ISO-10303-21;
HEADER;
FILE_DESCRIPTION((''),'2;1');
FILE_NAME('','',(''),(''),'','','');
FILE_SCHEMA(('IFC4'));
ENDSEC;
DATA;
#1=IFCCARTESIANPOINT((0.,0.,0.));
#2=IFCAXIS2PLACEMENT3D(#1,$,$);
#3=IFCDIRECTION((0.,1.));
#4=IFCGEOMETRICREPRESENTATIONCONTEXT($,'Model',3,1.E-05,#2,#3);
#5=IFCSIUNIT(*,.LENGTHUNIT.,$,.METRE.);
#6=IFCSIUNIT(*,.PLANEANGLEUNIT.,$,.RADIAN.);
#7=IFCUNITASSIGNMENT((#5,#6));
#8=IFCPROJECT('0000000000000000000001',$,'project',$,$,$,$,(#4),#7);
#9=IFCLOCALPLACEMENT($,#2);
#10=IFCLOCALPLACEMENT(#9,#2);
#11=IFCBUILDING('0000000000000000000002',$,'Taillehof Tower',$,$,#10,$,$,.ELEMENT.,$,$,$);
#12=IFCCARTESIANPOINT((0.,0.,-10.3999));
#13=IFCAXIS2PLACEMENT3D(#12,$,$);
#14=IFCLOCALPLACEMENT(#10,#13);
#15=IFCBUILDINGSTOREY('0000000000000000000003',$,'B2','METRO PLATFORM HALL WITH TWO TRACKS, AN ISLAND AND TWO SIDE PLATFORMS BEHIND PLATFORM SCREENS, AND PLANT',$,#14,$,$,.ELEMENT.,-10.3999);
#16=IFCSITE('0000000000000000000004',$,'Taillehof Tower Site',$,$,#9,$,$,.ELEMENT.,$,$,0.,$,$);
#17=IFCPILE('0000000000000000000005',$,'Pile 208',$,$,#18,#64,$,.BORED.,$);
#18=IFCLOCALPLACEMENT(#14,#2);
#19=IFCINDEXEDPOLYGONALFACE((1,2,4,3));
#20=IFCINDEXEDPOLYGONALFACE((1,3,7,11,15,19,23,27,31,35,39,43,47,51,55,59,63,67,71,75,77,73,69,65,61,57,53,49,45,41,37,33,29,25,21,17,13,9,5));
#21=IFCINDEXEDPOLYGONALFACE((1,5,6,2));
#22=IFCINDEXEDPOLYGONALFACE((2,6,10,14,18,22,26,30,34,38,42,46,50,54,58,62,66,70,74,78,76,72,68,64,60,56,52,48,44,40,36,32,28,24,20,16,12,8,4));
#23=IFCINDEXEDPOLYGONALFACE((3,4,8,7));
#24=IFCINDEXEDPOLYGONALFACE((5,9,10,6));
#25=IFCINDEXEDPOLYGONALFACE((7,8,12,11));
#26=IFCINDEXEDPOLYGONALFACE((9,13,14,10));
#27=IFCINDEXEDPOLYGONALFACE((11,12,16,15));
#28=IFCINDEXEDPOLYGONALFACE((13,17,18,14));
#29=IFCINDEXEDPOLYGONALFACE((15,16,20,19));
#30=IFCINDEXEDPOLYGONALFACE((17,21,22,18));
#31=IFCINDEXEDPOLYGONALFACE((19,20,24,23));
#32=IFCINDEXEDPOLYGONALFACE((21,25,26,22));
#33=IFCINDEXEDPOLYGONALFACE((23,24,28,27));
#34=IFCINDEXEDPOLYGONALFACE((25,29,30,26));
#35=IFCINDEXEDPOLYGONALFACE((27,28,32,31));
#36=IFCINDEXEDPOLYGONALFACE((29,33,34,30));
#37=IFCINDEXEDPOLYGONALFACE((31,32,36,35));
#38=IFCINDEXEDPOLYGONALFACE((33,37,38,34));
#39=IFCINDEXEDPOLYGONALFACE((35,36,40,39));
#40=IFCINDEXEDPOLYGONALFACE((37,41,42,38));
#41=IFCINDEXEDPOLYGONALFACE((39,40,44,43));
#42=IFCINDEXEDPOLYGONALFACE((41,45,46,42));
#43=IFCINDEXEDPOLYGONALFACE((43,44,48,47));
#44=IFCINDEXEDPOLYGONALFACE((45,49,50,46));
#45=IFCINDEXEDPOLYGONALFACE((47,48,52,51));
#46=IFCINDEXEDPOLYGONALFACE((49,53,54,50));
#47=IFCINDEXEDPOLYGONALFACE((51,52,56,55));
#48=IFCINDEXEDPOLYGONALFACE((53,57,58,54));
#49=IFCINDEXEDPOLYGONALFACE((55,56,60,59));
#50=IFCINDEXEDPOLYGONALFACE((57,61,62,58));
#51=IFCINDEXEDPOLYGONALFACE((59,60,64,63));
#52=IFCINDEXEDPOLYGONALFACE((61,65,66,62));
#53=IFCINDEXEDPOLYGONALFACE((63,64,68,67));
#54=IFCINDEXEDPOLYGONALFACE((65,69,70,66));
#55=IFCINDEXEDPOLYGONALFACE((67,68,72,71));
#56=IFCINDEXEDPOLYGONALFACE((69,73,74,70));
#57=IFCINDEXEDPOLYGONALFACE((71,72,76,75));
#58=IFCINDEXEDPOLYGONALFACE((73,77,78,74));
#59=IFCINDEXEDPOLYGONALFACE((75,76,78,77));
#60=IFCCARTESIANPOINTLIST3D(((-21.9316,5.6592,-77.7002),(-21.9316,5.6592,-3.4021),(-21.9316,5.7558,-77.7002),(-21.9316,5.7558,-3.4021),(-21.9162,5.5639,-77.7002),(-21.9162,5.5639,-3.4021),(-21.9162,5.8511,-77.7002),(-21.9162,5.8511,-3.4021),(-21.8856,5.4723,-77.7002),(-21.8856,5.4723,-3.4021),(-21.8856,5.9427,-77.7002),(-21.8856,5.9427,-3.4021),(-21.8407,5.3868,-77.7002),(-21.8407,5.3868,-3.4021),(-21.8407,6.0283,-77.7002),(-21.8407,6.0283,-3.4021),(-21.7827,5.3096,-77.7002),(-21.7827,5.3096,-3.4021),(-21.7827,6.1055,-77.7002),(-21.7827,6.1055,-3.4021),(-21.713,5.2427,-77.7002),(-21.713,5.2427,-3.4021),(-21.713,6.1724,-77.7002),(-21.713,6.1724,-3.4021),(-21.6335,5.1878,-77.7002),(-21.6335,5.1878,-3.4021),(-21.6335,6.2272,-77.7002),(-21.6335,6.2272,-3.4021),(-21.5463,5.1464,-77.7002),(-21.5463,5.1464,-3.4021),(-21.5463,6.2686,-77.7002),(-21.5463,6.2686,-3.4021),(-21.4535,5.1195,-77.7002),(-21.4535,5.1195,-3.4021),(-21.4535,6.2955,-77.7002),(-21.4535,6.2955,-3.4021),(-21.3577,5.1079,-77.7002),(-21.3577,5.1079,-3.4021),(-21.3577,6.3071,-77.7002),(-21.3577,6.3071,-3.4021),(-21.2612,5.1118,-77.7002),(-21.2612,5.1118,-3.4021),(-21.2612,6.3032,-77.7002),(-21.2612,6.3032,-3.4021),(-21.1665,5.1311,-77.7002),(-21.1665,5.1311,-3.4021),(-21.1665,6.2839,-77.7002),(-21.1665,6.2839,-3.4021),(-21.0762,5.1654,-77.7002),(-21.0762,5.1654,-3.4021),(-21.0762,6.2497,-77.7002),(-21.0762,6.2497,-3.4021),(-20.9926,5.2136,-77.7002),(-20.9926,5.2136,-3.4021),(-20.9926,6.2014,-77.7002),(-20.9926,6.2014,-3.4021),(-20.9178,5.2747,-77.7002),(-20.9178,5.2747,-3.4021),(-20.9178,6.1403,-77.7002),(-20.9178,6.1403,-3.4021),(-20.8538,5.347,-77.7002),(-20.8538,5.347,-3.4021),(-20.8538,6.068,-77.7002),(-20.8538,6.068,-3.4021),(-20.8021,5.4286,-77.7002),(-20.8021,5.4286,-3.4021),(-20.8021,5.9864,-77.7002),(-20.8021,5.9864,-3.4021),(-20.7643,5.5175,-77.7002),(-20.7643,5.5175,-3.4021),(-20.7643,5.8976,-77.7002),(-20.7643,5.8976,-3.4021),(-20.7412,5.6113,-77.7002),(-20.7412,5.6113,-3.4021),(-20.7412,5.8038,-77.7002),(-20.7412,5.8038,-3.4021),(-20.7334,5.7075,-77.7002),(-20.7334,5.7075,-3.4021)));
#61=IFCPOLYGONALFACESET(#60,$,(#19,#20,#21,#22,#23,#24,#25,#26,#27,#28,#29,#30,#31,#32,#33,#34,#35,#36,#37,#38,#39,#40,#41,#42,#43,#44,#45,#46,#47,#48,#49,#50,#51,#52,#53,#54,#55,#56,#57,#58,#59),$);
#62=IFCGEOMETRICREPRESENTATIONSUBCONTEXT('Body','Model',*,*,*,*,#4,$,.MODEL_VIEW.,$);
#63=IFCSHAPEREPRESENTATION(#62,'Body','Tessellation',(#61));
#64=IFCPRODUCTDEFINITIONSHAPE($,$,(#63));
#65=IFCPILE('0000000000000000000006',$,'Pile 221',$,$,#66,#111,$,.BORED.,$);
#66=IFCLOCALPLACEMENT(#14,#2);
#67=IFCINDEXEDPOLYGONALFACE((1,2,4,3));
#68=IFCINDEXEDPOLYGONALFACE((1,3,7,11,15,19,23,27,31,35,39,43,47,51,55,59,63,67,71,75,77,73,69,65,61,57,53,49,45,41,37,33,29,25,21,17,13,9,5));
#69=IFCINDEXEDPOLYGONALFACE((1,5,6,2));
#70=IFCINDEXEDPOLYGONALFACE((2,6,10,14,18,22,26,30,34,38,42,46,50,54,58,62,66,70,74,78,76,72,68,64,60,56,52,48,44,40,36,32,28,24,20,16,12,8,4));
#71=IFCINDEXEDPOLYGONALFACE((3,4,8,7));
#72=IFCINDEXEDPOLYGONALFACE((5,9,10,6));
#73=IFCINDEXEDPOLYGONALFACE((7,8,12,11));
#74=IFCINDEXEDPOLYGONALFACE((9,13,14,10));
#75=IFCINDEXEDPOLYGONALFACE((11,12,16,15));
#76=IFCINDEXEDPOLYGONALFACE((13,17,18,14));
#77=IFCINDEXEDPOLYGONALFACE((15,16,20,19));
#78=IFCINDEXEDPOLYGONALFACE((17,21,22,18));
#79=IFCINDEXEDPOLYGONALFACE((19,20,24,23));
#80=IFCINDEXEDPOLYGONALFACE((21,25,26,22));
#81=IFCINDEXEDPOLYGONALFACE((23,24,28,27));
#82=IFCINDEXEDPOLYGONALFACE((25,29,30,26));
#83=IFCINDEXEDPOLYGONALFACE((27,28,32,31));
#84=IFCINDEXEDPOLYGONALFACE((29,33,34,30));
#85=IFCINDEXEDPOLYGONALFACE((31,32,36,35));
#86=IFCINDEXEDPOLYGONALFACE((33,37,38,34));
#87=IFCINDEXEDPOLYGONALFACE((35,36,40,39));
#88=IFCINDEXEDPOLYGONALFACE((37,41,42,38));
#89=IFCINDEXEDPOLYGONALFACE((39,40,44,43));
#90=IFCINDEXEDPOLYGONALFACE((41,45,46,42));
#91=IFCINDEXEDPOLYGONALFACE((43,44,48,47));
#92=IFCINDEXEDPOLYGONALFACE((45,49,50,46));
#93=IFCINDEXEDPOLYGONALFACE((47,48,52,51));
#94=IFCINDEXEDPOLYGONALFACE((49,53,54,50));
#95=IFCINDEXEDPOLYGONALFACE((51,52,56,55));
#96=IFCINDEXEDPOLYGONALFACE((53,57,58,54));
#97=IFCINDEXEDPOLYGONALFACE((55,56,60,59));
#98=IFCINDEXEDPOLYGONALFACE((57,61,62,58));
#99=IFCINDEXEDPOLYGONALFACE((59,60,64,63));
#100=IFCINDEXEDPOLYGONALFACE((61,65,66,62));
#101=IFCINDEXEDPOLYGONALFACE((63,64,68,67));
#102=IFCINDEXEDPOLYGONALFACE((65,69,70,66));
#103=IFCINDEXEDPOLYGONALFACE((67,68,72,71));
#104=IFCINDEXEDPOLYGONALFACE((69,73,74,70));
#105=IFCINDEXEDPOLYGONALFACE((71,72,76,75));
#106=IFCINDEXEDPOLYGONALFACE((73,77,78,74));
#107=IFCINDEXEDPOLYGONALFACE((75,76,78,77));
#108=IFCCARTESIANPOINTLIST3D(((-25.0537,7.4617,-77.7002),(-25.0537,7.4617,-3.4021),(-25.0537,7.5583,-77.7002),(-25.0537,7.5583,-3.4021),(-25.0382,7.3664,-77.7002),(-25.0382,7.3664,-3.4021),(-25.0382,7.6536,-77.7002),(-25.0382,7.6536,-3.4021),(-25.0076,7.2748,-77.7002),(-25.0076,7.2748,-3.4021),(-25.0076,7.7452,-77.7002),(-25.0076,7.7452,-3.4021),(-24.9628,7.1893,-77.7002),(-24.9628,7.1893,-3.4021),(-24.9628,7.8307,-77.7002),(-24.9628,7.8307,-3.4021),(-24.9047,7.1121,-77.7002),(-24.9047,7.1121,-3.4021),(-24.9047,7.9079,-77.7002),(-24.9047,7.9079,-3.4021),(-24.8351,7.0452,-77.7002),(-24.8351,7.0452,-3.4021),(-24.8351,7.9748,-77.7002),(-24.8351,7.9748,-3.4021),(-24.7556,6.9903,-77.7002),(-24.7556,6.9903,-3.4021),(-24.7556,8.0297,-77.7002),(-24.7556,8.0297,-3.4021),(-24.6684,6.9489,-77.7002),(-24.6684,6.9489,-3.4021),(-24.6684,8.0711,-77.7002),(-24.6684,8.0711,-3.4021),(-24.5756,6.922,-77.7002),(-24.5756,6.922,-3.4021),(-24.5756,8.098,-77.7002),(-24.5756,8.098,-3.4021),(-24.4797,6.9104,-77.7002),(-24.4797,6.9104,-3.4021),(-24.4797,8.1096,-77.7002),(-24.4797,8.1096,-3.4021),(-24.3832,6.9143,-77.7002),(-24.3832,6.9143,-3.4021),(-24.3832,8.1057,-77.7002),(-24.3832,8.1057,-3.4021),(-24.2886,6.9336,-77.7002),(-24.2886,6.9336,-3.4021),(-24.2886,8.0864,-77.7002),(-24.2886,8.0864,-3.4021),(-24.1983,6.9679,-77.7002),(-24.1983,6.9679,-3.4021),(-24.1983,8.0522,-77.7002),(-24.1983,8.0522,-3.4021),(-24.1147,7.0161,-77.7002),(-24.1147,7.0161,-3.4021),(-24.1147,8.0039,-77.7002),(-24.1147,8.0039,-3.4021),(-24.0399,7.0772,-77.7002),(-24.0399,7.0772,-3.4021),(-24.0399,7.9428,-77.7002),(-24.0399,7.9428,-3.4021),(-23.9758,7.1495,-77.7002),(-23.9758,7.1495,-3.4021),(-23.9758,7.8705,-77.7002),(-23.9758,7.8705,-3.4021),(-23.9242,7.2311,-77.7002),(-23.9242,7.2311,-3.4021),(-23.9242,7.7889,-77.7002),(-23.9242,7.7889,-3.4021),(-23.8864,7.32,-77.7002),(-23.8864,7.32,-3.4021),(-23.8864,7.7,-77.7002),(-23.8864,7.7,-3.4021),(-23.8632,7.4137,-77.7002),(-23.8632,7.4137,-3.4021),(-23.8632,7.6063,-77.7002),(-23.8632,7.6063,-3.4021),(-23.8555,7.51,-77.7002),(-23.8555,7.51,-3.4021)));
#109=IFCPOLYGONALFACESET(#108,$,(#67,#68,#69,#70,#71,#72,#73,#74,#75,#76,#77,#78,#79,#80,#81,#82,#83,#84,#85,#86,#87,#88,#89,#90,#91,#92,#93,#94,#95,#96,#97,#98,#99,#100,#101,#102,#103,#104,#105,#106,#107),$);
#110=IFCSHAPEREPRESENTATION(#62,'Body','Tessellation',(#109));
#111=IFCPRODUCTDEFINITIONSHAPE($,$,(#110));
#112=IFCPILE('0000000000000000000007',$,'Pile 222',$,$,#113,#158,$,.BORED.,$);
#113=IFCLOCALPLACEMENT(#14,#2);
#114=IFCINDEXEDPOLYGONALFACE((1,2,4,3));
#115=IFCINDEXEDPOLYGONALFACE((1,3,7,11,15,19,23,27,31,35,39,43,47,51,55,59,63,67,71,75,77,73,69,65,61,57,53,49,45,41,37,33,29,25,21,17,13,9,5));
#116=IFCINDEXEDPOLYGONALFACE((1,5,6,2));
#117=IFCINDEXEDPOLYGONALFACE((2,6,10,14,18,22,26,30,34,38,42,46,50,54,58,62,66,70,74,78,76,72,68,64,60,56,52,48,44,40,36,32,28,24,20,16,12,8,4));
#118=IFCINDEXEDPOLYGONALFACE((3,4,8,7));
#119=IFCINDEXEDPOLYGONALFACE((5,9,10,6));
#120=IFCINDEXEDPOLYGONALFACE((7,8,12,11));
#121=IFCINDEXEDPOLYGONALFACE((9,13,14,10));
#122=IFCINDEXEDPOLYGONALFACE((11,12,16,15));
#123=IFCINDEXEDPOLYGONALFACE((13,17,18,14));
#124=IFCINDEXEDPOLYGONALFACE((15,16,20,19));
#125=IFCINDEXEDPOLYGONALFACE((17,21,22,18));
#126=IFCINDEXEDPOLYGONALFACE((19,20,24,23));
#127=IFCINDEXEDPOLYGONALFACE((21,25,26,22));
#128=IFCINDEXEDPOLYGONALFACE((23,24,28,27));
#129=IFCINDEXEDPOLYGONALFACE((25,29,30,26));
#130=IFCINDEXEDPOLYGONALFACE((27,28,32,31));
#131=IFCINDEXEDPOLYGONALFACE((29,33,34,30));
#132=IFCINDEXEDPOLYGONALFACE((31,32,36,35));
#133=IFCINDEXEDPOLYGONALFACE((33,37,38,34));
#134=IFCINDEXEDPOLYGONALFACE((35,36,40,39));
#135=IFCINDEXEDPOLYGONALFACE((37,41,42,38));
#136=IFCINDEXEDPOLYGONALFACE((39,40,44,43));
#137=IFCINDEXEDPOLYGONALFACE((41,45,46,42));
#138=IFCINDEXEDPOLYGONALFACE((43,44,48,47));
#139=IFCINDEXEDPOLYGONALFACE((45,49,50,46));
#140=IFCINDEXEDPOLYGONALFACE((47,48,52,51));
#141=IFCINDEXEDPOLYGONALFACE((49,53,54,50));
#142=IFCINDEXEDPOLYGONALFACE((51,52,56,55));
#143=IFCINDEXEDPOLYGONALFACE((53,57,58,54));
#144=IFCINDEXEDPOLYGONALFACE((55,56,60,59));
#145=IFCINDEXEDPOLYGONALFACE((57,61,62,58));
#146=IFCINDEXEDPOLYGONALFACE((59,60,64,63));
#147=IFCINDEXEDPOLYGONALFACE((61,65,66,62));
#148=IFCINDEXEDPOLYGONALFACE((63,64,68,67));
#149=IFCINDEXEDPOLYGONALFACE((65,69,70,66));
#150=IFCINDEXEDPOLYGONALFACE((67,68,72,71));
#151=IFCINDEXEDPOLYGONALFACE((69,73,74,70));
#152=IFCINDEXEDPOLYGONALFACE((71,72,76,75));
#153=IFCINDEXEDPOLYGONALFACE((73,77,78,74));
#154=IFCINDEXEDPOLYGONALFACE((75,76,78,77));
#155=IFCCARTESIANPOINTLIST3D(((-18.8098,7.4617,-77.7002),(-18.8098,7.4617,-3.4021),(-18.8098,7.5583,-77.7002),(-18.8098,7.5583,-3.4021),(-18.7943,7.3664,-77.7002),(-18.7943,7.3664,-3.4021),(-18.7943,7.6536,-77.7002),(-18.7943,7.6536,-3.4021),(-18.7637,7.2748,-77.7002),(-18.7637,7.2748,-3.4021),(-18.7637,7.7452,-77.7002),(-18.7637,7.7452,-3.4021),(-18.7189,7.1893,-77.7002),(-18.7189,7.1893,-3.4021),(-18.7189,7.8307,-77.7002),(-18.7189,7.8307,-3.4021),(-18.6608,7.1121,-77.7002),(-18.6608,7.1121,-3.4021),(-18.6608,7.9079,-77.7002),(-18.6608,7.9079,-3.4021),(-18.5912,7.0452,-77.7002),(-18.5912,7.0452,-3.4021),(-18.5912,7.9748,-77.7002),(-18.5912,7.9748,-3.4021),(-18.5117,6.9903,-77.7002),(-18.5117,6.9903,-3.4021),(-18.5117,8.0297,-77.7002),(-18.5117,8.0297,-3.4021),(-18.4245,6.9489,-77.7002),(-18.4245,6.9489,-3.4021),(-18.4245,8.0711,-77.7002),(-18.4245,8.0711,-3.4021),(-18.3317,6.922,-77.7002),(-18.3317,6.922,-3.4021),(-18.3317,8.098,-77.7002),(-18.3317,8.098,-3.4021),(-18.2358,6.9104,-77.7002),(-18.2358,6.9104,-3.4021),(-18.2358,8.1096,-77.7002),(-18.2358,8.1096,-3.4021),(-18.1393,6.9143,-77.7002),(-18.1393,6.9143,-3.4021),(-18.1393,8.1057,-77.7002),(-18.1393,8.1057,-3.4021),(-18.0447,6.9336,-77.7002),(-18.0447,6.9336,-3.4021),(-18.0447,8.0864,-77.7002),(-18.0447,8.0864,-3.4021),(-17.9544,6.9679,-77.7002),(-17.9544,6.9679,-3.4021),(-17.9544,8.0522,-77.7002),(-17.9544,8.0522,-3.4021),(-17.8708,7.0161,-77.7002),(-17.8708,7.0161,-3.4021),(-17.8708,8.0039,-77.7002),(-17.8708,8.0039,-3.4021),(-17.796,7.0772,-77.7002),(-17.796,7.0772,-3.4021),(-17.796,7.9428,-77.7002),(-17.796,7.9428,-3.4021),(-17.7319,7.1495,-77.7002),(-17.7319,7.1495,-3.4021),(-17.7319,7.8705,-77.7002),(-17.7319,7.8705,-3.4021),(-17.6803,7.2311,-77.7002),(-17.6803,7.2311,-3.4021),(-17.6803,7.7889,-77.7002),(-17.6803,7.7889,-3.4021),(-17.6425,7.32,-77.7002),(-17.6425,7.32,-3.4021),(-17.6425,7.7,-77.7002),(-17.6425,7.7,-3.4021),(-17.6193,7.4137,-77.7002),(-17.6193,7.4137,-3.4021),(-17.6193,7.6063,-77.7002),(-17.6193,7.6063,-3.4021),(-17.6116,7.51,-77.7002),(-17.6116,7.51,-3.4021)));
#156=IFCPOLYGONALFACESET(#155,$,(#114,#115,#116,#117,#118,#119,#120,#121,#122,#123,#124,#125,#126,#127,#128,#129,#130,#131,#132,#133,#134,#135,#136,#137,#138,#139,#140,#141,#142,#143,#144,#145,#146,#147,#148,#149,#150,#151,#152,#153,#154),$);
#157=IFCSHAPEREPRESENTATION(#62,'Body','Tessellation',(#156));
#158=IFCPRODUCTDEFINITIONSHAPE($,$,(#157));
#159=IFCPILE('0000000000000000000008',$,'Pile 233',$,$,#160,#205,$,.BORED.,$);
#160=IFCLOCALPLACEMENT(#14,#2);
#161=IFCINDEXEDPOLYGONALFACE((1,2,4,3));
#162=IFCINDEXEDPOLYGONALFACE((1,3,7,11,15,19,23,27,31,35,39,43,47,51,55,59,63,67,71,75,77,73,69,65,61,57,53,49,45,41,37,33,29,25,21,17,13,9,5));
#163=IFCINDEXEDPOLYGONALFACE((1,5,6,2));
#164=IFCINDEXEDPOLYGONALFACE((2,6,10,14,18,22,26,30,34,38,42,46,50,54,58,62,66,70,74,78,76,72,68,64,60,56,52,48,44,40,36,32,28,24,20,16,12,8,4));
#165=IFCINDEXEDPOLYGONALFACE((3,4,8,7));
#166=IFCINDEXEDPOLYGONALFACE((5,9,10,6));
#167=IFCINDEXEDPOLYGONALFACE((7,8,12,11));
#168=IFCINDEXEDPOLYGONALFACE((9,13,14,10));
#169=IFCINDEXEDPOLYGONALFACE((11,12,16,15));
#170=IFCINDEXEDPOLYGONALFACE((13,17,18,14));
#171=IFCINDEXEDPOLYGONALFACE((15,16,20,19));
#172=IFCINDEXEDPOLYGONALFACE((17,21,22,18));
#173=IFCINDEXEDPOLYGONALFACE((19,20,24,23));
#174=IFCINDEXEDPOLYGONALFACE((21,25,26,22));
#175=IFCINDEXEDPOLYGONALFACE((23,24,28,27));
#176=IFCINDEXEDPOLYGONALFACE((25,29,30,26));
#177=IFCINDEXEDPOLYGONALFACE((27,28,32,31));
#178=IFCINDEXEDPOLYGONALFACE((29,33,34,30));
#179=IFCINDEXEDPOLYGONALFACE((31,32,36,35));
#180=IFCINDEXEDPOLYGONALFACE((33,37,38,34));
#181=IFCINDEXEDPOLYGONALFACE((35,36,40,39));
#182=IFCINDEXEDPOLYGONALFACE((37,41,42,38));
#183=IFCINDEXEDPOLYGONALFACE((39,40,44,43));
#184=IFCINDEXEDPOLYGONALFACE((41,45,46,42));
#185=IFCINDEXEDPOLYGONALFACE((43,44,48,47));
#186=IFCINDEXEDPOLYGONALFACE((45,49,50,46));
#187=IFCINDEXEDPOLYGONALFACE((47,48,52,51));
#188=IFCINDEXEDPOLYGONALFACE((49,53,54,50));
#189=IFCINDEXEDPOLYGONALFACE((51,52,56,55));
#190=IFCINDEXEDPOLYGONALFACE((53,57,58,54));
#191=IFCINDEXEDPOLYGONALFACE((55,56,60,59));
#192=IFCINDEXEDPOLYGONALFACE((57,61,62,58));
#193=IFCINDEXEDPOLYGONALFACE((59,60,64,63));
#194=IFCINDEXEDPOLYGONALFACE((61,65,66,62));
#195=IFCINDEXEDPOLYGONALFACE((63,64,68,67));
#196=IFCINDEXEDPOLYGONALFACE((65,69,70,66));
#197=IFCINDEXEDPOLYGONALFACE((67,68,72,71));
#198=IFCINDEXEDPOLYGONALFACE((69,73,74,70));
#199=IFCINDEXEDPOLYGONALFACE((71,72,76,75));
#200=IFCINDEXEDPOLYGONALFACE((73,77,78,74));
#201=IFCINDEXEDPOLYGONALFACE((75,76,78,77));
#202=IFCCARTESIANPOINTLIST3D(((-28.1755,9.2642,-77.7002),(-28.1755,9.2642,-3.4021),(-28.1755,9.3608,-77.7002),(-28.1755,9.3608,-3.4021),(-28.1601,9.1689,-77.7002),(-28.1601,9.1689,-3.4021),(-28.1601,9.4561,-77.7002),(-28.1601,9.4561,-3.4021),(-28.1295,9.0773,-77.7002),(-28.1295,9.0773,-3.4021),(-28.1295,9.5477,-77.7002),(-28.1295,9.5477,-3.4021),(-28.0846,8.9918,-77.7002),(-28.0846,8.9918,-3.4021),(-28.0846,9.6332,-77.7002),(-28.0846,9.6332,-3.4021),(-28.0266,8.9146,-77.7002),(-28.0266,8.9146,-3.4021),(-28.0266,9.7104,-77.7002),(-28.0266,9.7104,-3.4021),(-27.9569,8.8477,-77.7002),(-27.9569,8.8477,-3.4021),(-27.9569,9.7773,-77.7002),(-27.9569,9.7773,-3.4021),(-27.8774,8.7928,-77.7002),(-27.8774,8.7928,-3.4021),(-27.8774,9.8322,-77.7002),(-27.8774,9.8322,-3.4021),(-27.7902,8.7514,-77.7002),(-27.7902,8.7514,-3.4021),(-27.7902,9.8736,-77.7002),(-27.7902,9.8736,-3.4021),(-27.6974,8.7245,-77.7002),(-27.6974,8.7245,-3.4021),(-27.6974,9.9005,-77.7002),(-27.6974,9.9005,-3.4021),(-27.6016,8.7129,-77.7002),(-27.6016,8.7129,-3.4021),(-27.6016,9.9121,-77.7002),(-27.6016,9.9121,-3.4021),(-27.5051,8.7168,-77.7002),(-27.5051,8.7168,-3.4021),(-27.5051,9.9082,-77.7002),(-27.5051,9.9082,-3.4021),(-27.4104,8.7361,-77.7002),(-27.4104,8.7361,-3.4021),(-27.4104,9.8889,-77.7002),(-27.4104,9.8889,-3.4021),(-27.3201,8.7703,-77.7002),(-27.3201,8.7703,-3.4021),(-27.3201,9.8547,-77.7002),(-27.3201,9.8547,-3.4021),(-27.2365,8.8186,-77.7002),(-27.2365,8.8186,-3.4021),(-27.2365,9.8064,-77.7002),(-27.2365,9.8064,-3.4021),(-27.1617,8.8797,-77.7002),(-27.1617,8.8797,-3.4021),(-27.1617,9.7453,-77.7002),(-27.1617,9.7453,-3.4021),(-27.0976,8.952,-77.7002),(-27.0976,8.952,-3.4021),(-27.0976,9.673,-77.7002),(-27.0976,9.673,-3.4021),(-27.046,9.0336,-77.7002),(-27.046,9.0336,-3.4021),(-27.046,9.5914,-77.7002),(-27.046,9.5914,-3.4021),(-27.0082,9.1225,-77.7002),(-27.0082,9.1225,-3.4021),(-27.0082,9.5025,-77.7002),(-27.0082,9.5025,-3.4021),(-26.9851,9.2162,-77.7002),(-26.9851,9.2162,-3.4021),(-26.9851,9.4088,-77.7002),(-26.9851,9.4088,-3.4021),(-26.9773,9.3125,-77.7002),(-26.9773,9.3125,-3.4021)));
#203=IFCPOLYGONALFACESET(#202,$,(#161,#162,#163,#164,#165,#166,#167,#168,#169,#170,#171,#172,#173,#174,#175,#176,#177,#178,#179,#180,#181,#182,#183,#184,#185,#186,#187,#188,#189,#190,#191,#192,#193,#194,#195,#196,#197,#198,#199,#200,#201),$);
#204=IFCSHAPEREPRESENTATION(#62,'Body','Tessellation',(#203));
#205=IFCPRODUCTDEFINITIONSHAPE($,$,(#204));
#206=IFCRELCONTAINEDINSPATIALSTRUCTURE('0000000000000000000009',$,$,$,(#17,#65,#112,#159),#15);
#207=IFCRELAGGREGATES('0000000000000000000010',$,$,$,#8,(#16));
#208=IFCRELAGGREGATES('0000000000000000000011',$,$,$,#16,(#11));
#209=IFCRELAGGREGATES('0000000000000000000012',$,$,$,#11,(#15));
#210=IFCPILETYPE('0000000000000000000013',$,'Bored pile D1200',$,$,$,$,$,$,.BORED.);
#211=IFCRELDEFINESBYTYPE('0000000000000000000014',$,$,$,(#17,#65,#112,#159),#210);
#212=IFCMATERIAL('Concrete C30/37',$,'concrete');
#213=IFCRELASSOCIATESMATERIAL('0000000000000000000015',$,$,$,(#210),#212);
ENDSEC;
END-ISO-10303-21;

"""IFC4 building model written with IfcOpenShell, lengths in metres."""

from ifc_helpers import new_model, si_unit, direction, frame, origin, origin_2d, place, context, subcontext, project, spatial, circle, extrude, material, material_profile, profile_set, type_object, element, save


model = new_model("IFC4")

# Units and contexts
model_context = context("Model", 3, precision=1e-05, world=origin(), true_north=direction((0.0, 1.0)))
body_context = subcontext(model_context, "Body", "Model", "MODEL_VIEW")
ifc_project = project(units=[si_unit("LENGTHUNIT", "METRE"), si_unit("PLANEANGLEUNIT", "RADIAN")], contexts=[model_context])

# Site, building, storey
site_placement = place(None, origin())
site = spatial("IfcSite", under=ifc_project, at=site_placement, Name="Taillehof Tower Site", CompositionType="ELEMENT", RefElevation=0.0)
building_placement = place(site_placement, origin())
building = spatial("IfcBuilding", under=site, at=building_placement, Name="Taillehof Tower", CompositionType="ELEMENT")
storey_placement = place(building_placement, frame((0.0, 0.0, -10.3999)))
storey = spatial("IfcBuildingStorey", under=building, at=storey_placement, Name="B2", Description="METRO PLATFORM HALL WITH TWO TRACKS, AN ISLAND AND TWO SIDE PLATFORMS BEHIND PLATFORM SCREENS, AND PLANT", CompositionType="ELEMENT", Elevation=-10.3999)

# Piles
ifc_material_1 = material(Name="Concrete C30/37", Category="concrete")
ifc_material_profile_1 = material_profile(ifc_material_1, circle(Radius=0.6001, at=origin_2d()), Name="BP D1200")
ifc_profile_set_1 = profile_set([ifc_material_profile_1], Name="Concrete C30/37")
pile_type = type_object("IfcPileType", Name="Bored pile D1200", PredefinedType="BORED", material=ifc_profile_set_1)
for number, where, z_axis, x_axis, name in (
    (1, (-21.3335, 5.7075, -3.4021), (0.0, 0.0, -1.0), (1.0, 0.0, 0.0), "Pile 208"),
    (2, (-24.4556, 7.51, -3.4021), (0.0, 0.0, -1.0), (1.0, 0.0, 0.0), "Pile 221"),
    (3, (-18.2117, 7.51, -3.4021), (0.0, 0.0, -1.0), (1.0, 0.0, 0.0), "Pile 222"),
    (4, (-27.5774, 9.3125, -3.4021), (0.0, 0.0, -1.0), (1.0, 0.0, 0.0), "Pile 233"),
):
    element("IfcPile", number, at=place(storey_placement, frame(where, z_axis=z_axis, x_axis=x_axis)), inside=storey, type_object=pile_type, Name=name, PredefinedType="BORED", context=body_context, shape_type="SweptSolid", body=[
        extrude(circle(Radius=0.6001, at=origin_2d()), origin(), (0.0, 0.0, 1.0), 74.2981),
    ])

save(model, "model.ifc")
